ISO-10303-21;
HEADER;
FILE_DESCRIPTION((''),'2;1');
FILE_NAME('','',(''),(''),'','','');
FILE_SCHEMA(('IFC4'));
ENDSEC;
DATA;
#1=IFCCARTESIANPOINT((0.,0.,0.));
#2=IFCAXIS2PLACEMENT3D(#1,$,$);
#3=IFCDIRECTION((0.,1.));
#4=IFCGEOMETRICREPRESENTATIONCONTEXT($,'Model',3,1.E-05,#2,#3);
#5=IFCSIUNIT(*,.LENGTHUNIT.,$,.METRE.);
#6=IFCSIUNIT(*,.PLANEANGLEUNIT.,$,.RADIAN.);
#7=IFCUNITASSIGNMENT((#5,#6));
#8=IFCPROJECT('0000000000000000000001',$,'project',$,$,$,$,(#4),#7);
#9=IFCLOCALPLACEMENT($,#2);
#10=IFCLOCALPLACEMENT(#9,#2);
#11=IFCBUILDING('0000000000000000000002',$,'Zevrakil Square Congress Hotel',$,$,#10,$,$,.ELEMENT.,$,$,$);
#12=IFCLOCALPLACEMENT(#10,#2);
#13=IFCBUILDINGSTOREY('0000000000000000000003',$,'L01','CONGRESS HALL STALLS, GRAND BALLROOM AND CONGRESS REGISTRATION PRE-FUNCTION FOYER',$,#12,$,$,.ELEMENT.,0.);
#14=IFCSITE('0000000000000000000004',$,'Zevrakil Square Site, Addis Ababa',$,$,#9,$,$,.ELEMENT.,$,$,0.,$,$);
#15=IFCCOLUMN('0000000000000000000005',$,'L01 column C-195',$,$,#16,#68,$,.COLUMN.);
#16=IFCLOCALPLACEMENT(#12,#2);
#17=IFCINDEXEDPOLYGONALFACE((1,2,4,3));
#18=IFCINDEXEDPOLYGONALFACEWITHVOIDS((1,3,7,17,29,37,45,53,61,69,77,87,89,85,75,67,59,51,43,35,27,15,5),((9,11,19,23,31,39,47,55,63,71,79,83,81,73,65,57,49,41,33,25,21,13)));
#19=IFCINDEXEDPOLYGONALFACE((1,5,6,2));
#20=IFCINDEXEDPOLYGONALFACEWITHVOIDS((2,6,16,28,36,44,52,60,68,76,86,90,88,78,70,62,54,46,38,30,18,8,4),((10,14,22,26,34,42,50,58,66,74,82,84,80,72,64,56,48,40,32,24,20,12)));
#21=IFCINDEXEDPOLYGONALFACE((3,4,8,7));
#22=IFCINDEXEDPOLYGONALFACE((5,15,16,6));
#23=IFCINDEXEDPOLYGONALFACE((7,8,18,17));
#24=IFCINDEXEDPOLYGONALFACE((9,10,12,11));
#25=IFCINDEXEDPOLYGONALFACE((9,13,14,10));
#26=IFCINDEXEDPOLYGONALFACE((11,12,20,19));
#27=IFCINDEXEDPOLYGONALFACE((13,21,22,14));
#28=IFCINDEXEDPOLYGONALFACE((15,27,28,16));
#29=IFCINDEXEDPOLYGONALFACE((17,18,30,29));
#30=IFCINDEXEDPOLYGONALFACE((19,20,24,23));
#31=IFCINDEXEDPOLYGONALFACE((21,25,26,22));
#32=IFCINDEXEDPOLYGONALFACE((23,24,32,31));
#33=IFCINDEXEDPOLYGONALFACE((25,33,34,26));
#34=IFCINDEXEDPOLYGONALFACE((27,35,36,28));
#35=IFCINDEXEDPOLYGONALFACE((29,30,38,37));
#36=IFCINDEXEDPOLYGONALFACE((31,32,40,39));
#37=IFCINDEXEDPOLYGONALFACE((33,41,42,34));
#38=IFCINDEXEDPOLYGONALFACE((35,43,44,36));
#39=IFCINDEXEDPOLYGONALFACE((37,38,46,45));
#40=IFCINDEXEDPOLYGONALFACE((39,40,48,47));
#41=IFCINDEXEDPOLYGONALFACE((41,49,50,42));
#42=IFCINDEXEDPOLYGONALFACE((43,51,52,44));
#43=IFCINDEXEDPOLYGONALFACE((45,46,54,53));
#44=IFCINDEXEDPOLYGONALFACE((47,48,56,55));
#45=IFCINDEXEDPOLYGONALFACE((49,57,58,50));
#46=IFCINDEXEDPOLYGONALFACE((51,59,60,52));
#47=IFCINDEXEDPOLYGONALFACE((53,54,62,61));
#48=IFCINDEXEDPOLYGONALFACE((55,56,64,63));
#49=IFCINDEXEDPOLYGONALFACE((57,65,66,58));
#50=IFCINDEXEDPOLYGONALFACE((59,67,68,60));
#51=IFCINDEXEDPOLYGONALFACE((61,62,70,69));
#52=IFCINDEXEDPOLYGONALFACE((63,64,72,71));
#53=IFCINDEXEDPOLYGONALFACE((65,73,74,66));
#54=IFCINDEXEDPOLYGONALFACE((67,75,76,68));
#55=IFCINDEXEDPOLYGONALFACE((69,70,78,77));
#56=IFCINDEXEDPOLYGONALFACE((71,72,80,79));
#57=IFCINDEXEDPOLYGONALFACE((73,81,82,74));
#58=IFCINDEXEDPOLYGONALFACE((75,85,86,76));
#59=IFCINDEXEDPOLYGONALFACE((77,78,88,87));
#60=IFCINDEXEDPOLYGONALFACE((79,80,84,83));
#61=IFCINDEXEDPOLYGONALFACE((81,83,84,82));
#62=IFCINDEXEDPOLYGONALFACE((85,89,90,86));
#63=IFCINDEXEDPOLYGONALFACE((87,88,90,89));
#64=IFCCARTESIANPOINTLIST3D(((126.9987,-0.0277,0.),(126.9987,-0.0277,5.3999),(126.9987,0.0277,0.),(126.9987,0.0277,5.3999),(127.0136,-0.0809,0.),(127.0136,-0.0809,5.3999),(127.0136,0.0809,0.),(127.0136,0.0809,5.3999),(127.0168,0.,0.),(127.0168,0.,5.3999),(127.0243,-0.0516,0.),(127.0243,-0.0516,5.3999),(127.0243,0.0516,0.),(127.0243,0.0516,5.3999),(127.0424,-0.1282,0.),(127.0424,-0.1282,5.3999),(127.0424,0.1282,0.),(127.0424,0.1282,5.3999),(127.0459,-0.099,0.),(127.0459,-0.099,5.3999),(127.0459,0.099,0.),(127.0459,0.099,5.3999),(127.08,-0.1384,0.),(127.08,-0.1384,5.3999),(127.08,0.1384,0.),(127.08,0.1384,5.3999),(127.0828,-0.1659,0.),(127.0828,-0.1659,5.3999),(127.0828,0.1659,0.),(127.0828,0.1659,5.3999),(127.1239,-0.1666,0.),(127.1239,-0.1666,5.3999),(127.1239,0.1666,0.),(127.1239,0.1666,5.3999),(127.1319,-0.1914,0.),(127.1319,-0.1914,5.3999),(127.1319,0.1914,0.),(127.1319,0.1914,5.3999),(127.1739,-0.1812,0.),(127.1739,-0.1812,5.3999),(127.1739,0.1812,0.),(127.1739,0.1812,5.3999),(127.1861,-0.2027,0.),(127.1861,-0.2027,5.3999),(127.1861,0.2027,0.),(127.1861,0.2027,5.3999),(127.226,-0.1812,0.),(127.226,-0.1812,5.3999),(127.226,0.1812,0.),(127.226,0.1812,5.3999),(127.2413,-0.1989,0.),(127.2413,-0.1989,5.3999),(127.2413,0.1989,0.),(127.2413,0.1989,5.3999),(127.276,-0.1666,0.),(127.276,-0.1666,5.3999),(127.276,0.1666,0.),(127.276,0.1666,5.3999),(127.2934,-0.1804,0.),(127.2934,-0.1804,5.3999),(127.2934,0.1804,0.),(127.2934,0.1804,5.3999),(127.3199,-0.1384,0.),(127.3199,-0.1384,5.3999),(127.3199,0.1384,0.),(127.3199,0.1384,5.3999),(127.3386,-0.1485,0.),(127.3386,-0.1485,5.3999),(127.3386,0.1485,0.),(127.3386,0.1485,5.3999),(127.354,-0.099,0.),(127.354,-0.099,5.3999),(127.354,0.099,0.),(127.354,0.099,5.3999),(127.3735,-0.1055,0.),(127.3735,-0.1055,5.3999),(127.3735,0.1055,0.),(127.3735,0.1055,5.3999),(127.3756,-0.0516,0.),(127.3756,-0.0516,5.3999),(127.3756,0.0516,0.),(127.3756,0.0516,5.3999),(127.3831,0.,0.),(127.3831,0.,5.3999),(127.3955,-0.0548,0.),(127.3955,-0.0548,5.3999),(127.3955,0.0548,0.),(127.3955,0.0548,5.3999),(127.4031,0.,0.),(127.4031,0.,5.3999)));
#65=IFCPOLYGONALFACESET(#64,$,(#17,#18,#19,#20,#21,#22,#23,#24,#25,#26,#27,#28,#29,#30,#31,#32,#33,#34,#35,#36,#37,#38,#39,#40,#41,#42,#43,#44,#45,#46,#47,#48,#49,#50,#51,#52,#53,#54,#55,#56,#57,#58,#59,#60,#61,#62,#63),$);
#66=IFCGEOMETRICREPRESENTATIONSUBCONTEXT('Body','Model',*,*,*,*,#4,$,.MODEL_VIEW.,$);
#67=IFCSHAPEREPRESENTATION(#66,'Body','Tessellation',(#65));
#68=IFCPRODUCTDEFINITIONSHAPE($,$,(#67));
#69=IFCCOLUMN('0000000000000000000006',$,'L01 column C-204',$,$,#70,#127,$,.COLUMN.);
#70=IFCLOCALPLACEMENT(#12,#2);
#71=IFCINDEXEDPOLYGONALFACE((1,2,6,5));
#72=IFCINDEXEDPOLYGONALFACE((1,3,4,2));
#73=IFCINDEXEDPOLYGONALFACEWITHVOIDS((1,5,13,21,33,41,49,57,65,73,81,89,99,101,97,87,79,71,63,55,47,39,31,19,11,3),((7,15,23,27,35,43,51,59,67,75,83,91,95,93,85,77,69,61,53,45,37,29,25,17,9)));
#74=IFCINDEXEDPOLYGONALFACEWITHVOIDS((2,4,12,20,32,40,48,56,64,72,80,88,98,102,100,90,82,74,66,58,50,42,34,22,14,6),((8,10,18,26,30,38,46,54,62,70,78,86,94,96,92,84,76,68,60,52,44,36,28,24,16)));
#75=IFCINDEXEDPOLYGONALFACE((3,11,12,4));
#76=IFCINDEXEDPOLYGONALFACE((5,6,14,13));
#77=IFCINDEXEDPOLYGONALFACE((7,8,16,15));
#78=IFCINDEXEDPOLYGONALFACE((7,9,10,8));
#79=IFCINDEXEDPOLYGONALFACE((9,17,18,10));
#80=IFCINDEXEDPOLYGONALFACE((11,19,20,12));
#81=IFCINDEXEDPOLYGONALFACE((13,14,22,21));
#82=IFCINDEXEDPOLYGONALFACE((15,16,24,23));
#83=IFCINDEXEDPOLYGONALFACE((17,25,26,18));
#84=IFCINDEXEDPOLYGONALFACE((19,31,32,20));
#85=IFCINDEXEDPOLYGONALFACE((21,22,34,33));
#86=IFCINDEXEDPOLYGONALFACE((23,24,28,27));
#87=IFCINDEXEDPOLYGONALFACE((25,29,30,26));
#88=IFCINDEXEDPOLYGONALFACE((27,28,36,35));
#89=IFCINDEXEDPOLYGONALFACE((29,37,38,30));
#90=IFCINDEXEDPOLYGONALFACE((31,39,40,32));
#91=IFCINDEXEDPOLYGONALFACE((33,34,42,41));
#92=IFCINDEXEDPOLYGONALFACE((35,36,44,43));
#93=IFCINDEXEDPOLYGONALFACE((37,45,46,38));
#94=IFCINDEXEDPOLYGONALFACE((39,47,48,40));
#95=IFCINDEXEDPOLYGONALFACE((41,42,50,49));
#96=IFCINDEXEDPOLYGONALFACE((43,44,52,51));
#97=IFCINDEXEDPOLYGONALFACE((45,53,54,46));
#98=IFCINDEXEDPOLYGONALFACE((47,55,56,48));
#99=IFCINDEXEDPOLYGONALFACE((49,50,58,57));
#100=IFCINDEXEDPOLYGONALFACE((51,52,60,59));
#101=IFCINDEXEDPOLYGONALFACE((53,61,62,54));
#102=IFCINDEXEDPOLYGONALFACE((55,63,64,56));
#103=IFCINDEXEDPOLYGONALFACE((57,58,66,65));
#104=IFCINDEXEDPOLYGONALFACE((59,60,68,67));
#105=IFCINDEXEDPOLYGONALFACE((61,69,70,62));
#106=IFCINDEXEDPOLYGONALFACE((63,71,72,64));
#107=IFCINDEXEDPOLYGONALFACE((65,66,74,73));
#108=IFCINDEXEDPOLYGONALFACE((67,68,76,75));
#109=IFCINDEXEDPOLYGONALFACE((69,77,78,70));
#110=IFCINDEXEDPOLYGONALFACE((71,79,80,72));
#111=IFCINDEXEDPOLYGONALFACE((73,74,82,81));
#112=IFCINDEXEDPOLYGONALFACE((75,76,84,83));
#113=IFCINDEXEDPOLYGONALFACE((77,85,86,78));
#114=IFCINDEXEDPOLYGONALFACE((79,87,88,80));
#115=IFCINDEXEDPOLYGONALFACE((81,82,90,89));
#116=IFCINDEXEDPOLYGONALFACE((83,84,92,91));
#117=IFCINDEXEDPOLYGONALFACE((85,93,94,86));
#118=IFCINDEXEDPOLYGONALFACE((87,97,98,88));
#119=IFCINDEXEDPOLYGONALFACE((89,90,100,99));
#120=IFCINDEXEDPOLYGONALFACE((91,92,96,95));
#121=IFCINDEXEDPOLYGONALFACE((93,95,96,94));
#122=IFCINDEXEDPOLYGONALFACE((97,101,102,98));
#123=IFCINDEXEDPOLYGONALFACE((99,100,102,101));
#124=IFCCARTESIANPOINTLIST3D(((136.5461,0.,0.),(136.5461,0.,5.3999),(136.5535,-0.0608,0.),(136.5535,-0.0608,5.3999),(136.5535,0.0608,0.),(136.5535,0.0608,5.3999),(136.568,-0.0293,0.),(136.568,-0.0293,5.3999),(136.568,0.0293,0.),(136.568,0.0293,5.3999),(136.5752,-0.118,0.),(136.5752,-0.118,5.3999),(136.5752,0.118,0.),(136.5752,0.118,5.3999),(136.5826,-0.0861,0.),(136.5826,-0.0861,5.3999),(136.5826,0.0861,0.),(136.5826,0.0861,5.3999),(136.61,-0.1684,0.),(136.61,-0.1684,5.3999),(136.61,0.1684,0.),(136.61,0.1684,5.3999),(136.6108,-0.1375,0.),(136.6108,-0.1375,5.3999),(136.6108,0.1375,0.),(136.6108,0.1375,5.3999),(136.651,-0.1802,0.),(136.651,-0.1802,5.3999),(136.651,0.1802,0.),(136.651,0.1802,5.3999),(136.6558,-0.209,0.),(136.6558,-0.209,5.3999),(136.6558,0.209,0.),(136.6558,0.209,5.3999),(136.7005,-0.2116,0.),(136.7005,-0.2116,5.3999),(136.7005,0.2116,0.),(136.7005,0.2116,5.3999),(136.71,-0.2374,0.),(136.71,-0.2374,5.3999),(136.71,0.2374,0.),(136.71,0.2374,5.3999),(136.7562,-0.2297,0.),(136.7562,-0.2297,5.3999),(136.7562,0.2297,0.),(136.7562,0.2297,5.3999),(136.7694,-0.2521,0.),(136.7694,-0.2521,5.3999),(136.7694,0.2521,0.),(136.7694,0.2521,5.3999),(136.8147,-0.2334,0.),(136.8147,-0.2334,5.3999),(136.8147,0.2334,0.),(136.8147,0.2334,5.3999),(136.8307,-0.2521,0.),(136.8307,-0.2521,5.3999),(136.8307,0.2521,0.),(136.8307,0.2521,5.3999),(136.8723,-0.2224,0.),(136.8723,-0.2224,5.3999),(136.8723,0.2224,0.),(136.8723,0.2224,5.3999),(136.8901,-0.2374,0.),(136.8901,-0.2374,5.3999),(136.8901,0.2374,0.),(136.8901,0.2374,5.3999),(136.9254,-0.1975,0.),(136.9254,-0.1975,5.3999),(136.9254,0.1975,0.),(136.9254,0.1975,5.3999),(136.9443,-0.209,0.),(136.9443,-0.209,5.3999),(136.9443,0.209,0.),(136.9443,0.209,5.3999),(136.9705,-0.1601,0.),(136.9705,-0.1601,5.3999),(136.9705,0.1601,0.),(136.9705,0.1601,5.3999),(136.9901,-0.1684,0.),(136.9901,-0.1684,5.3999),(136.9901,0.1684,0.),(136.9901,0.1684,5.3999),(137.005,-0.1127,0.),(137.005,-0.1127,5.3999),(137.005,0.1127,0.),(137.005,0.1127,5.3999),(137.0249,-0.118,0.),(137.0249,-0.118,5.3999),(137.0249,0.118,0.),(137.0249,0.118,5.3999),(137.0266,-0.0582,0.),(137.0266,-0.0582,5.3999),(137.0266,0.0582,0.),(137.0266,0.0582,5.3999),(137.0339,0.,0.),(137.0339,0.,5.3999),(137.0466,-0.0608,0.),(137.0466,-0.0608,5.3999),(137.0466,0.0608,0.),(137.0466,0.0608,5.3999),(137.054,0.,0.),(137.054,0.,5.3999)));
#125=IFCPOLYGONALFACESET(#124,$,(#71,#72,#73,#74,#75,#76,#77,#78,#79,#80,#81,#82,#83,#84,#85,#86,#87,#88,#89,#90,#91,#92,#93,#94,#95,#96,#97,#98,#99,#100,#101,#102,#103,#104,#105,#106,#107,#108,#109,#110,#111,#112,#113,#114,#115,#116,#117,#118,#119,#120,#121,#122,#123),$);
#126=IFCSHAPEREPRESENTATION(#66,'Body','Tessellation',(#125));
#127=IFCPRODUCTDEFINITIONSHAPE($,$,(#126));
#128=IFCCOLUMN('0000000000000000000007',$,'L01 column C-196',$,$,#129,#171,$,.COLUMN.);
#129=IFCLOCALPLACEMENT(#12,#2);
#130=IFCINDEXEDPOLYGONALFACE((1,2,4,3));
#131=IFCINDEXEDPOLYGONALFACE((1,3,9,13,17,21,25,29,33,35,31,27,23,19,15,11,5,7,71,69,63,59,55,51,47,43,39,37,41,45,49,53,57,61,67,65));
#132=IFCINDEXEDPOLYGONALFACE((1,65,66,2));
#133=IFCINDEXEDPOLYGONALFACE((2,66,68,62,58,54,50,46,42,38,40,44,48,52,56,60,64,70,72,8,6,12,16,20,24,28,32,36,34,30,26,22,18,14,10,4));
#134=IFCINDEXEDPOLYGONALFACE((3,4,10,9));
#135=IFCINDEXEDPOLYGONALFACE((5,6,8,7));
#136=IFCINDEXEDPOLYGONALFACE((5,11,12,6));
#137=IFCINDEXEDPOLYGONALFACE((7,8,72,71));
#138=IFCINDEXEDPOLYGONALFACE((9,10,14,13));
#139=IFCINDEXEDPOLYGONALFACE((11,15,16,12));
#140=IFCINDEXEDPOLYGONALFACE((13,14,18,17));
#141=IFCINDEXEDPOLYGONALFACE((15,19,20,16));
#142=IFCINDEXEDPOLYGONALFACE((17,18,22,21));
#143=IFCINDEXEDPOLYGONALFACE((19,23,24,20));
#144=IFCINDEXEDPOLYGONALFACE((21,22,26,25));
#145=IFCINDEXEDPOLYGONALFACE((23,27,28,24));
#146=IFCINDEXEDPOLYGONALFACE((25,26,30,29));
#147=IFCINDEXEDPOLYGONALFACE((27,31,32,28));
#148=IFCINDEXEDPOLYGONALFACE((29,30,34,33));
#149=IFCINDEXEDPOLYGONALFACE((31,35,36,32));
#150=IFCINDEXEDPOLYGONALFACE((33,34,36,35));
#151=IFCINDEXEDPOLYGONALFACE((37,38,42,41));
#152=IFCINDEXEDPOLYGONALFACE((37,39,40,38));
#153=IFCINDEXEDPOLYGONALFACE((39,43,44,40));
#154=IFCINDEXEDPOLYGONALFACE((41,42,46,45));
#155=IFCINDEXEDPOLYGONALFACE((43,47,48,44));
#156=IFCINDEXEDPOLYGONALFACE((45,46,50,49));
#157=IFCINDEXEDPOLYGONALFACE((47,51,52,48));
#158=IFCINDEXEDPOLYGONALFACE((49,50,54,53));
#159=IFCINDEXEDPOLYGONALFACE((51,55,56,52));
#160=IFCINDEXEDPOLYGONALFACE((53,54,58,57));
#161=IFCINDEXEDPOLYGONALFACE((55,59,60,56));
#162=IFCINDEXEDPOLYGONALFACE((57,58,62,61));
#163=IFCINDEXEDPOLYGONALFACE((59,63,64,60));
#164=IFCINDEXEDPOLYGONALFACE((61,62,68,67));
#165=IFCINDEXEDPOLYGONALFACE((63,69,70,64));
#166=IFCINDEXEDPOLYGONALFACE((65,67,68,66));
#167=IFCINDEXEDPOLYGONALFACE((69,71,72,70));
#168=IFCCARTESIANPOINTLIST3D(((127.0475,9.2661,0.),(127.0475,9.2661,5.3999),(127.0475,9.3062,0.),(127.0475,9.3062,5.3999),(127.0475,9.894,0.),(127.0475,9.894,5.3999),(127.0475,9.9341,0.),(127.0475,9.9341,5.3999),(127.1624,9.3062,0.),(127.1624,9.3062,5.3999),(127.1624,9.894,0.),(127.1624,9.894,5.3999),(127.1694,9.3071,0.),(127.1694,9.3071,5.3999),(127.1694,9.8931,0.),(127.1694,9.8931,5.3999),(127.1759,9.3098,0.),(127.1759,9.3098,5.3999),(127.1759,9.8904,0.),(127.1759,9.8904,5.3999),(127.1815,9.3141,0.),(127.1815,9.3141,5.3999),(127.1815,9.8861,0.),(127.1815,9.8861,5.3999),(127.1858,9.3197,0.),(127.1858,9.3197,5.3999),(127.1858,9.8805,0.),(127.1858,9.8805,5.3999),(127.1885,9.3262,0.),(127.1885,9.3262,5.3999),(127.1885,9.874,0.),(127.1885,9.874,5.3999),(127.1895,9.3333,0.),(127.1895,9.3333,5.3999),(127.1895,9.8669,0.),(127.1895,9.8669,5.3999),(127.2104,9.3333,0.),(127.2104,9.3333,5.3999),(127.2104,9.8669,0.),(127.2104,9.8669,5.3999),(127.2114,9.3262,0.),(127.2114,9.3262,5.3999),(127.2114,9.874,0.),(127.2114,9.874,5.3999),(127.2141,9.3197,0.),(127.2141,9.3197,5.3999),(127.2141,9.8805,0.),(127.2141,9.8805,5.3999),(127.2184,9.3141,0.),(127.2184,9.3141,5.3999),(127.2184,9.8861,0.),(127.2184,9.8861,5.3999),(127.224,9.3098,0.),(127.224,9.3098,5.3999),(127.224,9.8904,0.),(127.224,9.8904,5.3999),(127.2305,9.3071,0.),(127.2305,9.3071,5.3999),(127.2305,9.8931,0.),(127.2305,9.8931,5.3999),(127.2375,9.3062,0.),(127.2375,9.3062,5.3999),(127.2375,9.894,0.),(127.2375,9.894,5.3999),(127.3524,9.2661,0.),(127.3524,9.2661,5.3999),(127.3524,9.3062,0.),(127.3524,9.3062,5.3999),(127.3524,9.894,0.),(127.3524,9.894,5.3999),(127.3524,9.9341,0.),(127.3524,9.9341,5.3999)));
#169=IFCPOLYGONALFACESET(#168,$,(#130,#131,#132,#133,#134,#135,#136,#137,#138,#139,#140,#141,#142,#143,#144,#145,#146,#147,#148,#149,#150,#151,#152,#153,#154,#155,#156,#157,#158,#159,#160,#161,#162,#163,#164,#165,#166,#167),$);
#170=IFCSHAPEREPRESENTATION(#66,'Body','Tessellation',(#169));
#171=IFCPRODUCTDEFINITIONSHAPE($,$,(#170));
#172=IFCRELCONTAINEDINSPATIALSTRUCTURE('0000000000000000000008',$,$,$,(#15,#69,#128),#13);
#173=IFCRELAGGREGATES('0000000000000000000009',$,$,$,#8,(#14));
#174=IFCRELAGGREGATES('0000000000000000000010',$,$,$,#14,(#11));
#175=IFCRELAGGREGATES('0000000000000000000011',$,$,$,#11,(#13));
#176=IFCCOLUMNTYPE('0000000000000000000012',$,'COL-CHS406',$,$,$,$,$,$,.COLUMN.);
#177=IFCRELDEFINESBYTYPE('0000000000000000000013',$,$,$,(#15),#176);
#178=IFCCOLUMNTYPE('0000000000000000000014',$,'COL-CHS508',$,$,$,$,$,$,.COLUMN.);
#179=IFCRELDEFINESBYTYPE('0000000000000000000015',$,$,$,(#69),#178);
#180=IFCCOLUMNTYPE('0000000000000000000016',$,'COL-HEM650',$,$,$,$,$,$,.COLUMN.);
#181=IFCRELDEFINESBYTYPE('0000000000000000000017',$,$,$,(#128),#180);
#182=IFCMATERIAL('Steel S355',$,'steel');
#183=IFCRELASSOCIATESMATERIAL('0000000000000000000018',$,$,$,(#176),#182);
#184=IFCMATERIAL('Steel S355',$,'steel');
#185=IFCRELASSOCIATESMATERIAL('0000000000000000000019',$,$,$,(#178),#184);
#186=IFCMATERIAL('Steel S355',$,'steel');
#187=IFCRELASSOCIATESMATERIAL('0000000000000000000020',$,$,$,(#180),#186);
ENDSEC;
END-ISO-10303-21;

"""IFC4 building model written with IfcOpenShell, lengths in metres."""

from ifc_helpers import new_model, si_unit, direction, frame, origin, origin_2d, place, context, subcontext, project, spatial, hollow_circle, i_section, extrude, material, material_profile, profile_set, type_object, element, save


model = new_model("IFC4")

# Units and contexts
model_context = context("Model", 3, precision=1e-05, world=origin(), true_north=direction((0.0, 1.0)))
body_context = subcontext(model_context, "Body", "Model", "MODEL_VIEW")
ifc_project = project(units=[si_unit("LENGTHUNIT", "METRE"), si_unit("PLANEANGLEUNIT", "RADIAN")], contexts=[model_context])

# Site, building, storey
site_placement = place(None, origin())
site = spatial("IfcSite", under=ifc_project, at=site_placement, Name="Zevrakil Square Site, Addis Ababa", CompositionType="ELEMENT", RefElevation=0.0)
building_placement = place(site_placement, origin())
building = spatial("IfcBuilding", under=site, at=building_placement, Name="Zevrakil Square Congress Hotel", CompositionType="ELEMENT")
storey_placement = place(building_placement, origin())
storey = spatial("IfcBuildingStorey", under=building, at=storey_placement, Name="L01", Description="CONGRESS HALL STALLS, GRAND BALLROOM AND CONGRESS REGISTRATION PRE-FUNCTION FOYER", CompositionType="ELEMENT", Elevation=0.0)

# Columns
ifc_material_1 = material(Name="Steel S355", Category="steel")
ifc_material_profile_1 = material_profile(ifc_material_1, hollow_circle(Radius=0.2031, WallThickness=0.02, at=origin_2d()), Name="CHS 406.4x20")
ifc_profile_set_1 = profile_set([ifc_material_profile_1], Name="Steel S355")
column_type_1 = type_object("IfcColumnType", Name="COL-CHS406", PredefinedType="COLUMN", material=ifc_profile_set_1)
column_1_placement = place(storey_placement, frame((127.2, 0.0, 0.0), z_axis=(0.0, 0.0, 1.0), x_axis=(1.0, 0.0, 0.0)))
element("IfcColumn", 1, at=column_1_placement, inside=storey, type_object=column_type_1, Name="L01 column C-195", PredefinedType="COLUMN", context=body_context, shape_type="SweptSolid", body=[
    extrude(hollow_circle(Radius=0.2031, WallThickness=0.02, at=origin_2d()), origin(), (0.0, 0.0, 1.0), 5.3999),
])
ifc_material_2 = material(Name="Steel S355", Category="steel")
ifc_material_profile_2 = material_profile(ifc_material_2, hollow_circle(Radius=0.2539, WallThickness=0.02, at=origin_2d()), Name="CHS 508x20")
ifc_profile_set_2 = profile_set([ifc_material_profile_2], Name="Steel S355")
column_type_2 = type_object("IfcColumnType", Name="COL-CHS508", PredefinedType="COLUMN", material=ifc_profile_set_2)
column_2_placement = place(storey_placement, frame((136.8, 0.0, 0.0), z_axis=(0.0, 0.0, 1.0), x_axis=(1.0, 0.0, 0.0)))
element("IfcColumn", 2, at=column_2_placement, inside=storey, type_object=column_type_2, Name="L01 column C-204", PredefinedType="COLUMN", context=body_context, shape_type="SweptSolid", body=[
    extrude(hollow_circle(Radius=0.2539, WallThickness=0.02, at=origin_2d()), origin(), (0.0, 0.0, 1.0), 5.3999),
])
ifc_material_3 = material(Name="Steel S355", Category="steel")
ifc_material_profile_3 = material_profile(ifc_material_3, i_section(OverallWidth=0.3049, OverallDepth=0.668, WebThickness=0.021, FlangeThickness=0.04, FilletRadius=0.0271, at=origin_2d()), Name="HEM 650")
ifc_profile_set_3 = profile_set([ifc_material_profile_3], Name="Steel S355")
column_type_3 = type_object("IfcColumnType", Name="COL-HEM650", PredefinedType="COLUMN", material=ifc_profile_set_3)
for number, where, z_axis, x_axis, name in (
    (3, (127.2, 9.6001, 0.0), (0.0, 0.0, 1.0), (1.0, 0.0, 0.0), "L01 column C-196"),
):
    element("IfcColumn", number, at=place(storey_placement, frame(where, z_axis=z_axis, x_axis=x_axis)), inside=storey, type_object=column_type_3, Name=name, PredefinedType="COLUMN", context=body_context, shape_type="SweptSolid", body=[
        extrude(i_section(OverallWidth=0.3049, OverallDepth=0.668, WebThickness=0.021, FlangeThickness=0.04, FilletRadius=0.0271, at=origin_2d()), origin(), (0.0, 0.0, 1.0), 5.3999),
    ])

save(model, "model.ifc")
